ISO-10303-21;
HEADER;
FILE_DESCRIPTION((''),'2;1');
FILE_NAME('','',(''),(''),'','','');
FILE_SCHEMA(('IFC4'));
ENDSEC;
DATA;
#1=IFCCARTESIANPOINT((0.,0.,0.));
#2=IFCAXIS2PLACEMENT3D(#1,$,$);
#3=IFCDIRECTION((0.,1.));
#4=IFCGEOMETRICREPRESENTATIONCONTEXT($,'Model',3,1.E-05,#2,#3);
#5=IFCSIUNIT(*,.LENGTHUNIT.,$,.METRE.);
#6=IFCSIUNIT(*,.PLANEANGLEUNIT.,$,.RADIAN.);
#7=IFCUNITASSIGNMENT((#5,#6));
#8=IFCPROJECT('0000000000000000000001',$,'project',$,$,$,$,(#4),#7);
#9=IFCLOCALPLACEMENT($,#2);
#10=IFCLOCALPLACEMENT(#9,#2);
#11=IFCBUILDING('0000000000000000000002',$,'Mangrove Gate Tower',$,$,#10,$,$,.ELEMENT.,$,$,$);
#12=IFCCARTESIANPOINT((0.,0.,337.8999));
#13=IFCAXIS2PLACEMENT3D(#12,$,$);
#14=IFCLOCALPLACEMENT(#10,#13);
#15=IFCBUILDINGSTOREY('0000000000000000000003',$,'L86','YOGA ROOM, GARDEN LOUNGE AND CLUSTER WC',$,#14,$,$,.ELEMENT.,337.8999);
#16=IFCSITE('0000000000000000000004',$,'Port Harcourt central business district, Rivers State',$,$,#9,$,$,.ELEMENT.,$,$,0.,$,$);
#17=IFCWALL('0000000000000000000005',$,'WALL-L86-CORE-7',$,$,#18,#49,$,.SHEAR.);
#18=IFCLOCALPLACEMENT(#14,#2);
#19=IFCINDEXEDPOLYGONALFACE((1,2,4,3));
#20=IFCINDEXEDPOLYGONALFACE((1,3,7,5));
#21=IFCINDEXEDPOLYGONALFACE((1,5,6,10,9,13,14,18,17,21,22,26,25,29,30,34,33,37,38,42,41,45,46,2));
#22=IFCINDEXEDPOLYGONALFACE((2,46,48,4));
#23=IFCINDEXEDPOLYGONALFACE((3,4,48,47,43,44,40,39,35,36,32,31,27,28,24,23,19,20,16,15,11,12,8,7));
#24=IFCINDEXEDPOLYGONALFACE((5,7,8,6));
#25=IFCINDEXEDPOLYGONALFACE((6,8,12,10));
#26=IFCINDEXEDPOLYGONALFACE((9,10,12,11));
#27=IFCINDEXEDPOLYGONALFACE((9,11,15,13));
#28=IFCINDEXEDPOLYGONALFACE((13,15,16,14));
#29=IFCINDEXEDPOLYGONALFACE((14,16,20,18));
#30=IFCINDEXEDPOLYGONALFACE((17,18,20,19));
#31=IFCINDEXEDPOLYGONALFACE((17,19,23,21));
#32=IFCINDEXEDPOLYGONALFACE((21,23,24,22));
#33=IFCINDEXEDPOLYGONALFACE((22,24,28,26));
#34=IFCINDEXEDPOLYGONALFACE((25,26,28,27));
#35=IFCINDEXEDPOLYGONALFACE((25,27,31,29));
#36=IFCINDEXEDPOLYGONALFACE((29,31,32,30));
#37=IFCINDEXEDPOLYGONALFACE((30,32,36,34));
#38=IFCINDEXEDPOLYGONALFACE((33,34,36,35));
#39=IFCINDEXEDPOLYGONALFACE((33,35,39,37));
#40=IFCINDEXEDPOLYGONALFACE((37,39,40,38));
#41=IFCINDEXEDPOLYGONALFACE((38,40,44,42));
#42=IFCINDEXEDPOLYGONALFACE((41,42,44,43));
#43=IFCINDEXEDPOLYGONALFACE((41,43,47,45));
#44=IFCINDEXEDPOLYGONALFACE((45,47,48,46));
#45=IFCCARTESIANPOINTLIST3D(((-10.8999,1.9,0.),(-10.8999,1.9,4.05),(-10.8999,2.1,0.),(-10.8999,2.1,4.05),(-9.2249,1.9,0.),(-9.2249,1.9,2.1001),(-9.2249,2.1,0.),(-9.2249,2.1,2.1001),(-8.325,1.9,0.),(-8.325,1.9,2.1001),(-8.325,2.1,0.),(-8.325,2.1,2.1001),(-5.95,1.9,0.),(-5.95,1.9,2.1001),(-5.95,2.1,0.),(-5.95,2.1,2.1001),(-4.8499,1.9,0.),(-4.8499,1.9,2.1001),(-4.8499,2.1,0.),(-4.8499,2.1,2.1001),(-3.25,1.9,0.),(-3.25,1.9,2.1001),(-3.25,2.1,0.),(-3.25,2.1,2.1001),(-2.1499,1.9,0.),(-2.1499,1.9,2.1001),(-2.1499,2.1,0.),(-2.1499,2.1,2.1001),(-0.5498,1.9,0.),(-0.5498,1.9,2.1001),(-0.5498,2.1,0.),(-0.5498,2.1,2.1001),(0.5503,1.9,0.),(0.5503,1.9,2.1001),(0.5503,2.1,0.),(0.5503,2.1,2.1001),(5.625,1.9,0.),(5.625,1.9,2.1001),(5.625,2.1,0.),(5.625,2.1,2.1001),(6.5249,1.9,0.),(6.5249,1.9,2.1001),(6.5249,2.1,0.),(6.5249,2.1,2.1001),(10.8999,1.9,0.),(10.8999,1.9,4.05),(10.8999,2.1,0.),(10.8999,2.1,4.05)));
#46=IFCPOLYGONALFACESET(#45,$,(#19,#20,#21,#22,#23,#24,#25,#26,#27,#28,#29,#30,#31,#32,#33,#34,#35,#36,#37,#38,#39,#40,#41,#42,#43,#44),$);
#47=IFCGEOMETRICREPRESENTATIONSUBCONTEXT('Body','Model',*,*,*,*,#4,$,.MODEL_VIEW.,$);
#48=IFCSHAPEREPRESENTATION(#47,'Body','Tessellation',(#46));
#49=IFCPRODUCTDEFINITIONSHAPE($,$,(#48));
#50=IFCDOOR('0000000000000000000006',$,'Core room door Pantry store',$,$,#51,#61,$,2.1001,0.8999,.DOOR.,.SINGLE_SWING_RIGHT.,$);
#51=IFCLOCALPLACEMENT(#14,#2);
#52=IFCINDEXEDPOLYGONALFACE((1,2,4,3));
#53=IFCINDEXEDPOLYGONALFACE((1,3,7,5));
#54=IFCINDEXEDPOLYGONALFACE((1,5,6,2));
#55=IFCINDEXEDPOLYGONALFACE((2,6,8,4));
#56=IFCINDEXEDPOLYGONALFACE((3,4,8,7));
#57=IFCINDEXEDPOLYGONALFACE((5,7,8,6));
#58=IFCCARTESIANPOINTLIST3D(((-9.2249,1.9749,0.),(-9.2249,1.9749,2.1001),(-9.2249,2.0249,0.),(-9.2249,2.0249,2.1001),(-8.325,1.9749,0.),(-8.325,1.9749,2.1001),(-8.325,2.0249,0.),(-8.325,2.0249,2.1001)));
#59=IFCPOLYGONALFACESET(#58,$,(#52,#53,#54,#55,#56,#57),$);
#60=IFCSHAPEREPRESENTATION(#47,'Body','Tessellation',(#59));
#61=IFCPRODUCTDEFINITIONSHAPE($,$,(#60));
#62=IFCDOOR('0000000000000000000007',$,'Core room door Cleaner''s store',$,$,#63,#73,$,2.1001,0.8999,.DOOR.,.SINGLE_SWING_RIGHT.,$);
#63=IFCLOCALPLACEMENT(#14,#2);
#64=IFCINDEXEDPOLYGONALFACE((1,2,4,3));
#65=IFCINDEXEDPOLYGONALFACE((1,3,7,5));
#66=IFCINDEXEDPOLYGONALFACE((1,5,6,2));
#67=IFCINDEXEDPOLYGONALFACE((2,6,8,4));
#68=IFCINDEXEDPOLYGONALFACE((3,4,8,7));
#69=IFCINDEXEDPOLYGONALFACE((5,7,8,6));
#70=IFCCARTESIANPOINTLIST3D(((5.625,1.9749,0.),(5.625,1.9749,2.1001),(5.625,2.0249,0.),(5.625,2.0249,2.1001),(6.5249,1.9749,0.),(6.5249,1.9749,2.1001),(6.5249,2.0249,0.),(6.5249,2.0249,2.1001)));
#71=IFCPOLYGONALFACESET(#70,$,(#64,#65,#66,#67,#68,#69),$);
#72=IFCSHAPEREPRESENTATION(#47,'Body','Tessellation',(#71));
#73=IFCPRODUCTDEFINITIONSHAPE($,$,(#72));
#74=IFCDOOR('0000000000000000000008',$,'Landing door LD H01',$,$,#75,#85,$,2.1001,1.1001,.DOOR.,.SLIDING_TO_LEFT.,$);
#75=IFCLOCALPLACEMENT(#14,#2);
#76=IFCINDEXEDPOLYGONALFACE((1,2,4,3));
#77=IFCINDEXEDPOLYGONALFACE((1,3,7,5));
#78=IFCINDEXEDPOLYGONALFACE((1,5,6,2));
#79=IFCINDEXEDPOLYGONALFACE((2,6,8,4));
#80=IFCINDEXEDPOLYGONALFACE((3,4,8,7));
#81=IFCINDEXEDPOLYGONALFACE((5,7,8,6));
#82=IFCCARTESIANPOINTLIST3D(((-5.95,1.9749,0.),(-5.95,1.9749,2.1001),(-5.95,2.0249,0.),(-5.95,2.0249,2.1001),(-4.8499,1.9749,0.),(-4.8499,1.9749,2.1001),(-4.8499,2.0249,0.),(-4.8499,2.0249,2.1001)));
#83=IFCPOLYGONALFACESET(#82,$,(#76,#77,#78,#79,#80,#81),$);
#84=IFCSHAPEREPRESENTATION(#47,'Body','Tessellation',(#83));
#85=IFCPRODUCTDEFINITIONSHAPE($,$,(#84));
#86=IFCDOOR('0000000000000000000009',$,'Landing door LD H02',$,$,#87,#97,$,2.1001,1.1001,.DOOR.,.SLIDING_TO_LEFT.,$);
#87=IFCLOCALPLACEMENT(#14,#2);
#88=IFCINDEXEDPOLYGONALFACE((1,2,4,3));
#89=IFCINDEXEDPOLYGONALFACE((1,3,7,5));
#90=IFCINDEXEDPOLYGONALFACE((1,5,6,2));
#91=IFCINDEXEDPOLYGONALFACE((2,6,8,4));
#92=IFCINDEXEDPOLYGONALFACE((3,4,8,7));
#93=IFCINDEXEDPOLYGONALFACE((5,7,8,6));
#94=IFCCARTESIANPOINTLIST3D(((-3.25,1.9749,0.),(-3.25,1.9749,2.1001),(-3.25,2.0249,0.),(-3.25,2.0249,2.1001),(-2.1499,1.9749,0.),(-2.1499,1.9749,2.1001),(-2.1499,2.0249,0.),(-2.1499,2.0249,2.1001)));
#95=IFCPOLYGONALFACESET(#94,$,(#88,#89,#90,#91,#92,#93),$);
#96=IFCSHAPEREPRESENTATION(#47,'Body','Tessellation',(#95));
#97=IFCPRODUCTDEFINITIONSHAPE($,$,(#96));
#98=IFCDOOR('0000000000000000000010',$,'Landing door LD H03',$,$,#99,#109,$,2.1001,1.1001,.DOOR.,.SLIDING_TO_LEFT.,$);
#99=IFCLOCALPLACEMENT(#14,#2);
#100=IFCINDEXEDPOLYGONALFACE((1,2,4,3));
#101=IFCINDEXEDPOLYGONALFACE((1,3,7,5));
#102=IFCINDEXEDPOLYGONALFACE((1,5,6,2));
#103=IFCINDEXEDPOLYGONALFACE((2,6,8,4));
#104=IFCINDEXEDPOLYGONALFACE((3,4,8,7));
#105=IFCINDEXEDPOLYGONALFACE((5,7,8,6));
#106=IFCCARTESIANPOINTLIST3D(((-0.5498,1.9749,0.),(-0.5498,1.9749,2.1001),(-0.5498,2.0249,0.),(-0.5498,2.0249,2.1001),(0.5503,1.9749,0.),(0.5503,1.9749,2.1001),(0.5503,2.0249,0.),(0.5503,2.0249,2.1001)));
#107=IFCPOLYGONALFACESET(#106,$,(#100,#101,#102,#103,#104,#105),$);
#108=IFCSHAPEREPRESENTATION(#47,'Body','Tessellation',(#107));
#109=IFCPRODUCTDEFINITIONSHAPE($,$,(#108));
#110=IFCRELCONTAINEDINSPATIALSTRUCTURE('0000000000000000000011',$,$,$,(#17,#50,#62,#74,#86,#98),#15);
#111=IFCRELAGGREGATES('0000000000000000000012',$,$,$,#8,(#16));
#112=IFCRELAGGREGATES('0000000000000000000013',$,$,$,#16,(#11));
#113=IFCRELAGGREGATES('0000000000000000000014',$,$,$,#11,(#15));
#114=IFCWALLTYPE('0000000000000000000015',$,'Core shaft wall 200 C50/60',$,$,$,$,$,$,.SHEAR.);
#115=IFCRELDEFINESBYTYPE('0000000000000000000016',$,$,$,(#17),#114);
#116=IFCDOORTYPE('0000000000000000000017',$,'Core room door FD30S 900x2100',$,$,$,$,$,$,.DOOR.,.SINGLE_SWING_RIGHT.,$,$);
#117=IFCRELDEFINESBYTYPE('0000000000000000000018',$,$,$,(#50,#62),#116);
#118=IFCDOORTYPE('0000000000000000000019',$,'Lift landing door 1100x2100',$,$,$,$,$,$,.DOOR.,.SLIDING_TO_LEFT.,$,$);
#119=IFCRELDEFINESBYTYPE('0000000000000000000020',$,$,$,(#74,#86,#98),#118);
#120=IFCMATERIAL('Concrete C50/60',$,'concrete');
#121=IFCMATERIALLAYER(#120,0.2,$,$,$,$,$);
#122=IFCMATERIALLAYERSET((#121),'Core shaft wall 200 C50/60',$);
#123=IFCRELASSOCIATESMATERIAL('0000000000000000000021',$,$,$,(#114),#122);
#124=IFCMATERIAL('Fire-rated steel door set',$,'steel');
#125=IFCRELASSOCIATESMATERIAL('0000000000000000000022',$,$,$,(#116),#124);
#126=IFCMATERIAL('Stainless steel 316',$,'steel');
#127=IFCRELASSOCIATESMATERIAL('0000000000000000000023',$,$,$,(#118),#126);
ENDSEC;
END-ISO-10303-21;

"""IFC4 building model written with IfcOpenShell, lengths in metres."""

from ifc_helpers import new_model, si_unit, direction, frame, frame_2d, origin, place, context, subcontext, project, spatial, rectangle, extrude, material, layer, layer_set, type_object, element, fill, save


model = new_model("IFC4")

# Units and contexts
model_context = context("Model", 3, precision=1e-05, world=origin(), true_north=direction((0.0, 1.0)))
body_context = subcontext(model_context, "Body", "Model", "MODEL_VIEW")
ifc_project = project(units=[si_unit("LENGTHUNIT", "METRE"), si_unit("PLANEANGLEUNIT", "RADIAN")], contexts=[model_context])

# Site, building, storey
site_placement = place(None, origin())
site = spatial("IfcSite", under=ifc_project, at=site_placement, Name="Port Harcourt central business district, Rivers State", CompositionType="ELEMENT", RefElevation=0.0)
building_placement = place(site_placement, origin())
building = spatial("IfcBuilding", under=site, at=building_placement, Name="Mangrove Gate Tower", CompositionType="ELEMENT")
storey_placement = place(building_placement, frame((0.0, 0.0, 337.8999)))
storey = spatial("IfcBuildingStorey", under=building, at=storey_placement, Name="L86", Description="YOGA ROOM, GARDEN LOUNGE AND CLUSTER WC", CompositionType="ELEMENT", Elevation=337.8999)

# Shared definitions
ifc_material_1 = material(Name="Concrete C50/60", Category="concrete")
ifc_layer_1 = layer(ifc_material_1, 0.2)
ifc_layer_set_1 = layer_set([ifc_layer_1], Name="Core shaft wall 200 C50/60")
wall_type_1 = type_object("IfcWallType", Name="Core shaft wall 200 C50/60", PredefinedType="SHEAR", material=ifc_layer_set_1)

# Wall, openings, doors
wall_1_placement = place(storey_placement, frame((-10.8999, 2.0, 0.0), z_axis=(0.0, 0.0, 1.0), x_axis=(1.0, 0.0, 0.0)))
wall_1 = element("IfcWall", 1, at=wall_1_placement, inside=storey, type_object=wall_type_1, Name="WALL-L86-CORE-7", PredefinedType="SHEAR", context=body_context, shape_type="SweptSolid", body=[
    extrude(rectangle(XDim=21.7998, YDim=0.2, at=frame_2d((10.8999, 0.0))), origin(), (0.0, 0.0, 1.0), 4.05),
])
opening_1_placement = place(wall_1_placement, frame((4.95, 0.0, 0.0)))
opening_1 = element("IfcOpeningElement", 2, at=opening_1_placement, cuts=wall_1, PredefinedType="OPENING", context=body_context, shape_type="SweptSolid", body=[
    extrude(rectangle(XDim=1.1001, YDim=2.1001, at=frame_2d((0.55, 1.05))), frame((0.0, 0.1099, 0.0), z_axis=(0.0, -1.0, 0.0), x_axis=(1.0, 0.0, 0.0)), (0.0, 0.0, 1.0), 0.22),
])
opening_2_placement = place(wall_1_placement, frame((7.6499, 0.0, 0.0)))
opening_2 = element("IfcOpeningElement", 3, at=opening_2_placement, cuts=wall_1, PredefinedType="OPENING", context=body_context, shape_type="SweptSolid", body=[
    extrude(rectangle(XDim=1.1001, YDim=2.1001, at=frame_2d((0.55, 1.05))), frame((0.0, 0.1099, 0.0), z_axis=(0.0, -1.0, 0.0), x_axis=(1.0, 0.0, 0.0)), (0.0, 0.0, 1.0), 0.22),
])
opening_3_placement = place(wall_1_placement, frame((10.3501, 0.0, 0.0)))
opening_3 = element("IfcOpeningElement", 4, at=opening_3_placement, cuts=wall_1, PredefinedType="OPENING", context=body_context, shape_type="SweptSolid", body=[
    extrude(rectangle(XDim=1.1001, YDim=2.1001, at=frame_2d((0.55, 1.05))), frame((0.0, 0.1099, 0.0), z_axis=(0.0, -1.0, 0.0), x_axis=(1.0, 0.0, 0.0)), (0.0, 0.0, 1.0), 0.22),
])
opening_4_placement = place(wall_1_placement, frame((1.675, 0.0, 0.0)))
opening_4 = element("IfcOpeningElement", 5, at=opening_4_placement, cuts=wall_1, PredefinedType="OPENING", context=body_context, shape_type="SweptSolid", body=[
    extrude(rectangle(XDim=0.8999, YDim=2.1001, at=frame_2d((0.45, 1.05))), frame((0.0, 0.1099, 0.0), z_axis=(0.0, -1.0, 0.0), x_axis=(1.0, 0.0, 0.0)), (0.0, 0.0, 1.0), 0.22),
])
opening_5_placement = place(wall_1_placement, frame((16.5249, 0.0, 0.0)))
opening_5 = element("IfcOpeningElement", 6, at=opening_5_placement, cuts=wall_1, PredefinedType="OPENING", context=body_context, shape_type="SweptSolid", body=[
    extrude(rectangle(XDim=0.8999, YDim=2.1001, at=frame_2d((0.45, 1.05))), frame((0.0, 0.1099, 0.0), z_axis=(0.0, -1.0, 0.0), x_axis=(1.0, 0.0, 0.0)), (0.0, 0.0, 1.0), 0.22),
])
ifc_material_2 = material(Name="Fire-rated steel door set", Category="steel")
door_type_1 = type_object("IfcDoorType", Name="Core room door FD30S 900x2100", OperationType="SINGLE_SWING_RIGHT", PredefinedType="DOOR", material=ifc_material_2)
door_1_placement = place(opening_4_placement, origin())
door_1 = element("IfcDoor", 7, at=door_1_placement, inside=storey, type_object=door_type_1, Name="Core room door Pantry store", OperationType="SINGLE_SWING_RIGHT", OverallHeight=2.1001, OverallWidth=0.8999, PredefinedType="DOOR", context=body_context, shape_type="SweptSolid", body=[
    extrude(rectangle(XDim=0.8999, YDim=2.1001, at=frame_2d((0.45, 1.05))), frame((0.0, 0.0249, 0.0), z_axis=(0.0, -1.0, 0.0), x_axis=(1.0, 0.0, 0.0)), (0.0, 0.0, 1.0), 0.05),
])
fill(opening_4, door_1)
door_2_placement = place(opening_5_placement, origin())
door_2 = element("IfcDoor", 8, at=door_2_placement, inside=storey, type_object=door_type_1, Name="Core room door Cleaner's store", OperationType="SINGLE_SWING_RIGHT", OverallHeight=2.1001, OverallWidth=0.8999, PredefinedType="DOOR", context=body_context, shape_type="SweptSolid", body=[
    extrude(rectangle(XDim=0.8999, YDim=2.1001, at=frame_2d((0.45, 1.05))), frame((0.0, 0.0249, 0.0), z_axis=(0.0, -1.0, 0.0), x_axis=(1.0, 0.0, 0.0)), (0.0, 0.0, 1.0), 0.05),
])
fill(opening_5, door_2)
ifc_material_3 = material(Name="Stainless steel 316", Category="steel")
door_type_2 = type_object("IfcDoorType", Name="Lift landing door 1100x2100", OperationType="SLIDING_TO_LEFT", PredefinedType="DOOR", material=ifc_material_3)
door_3_placement = place(opening_1_placement, origin())
door_3 = element("IfcDoor", 9, at=door_3_placement, inside=storey, type_object=door_type_2, Name="Landing door LD H01", OperationType="SLIDING_TO_LEFT", OverallHeight=2.1001, OverallWidth=1.1001, PredefinedType="DOOR", context=body_context, shape_type="SweptSolid", body=[
    extrude(rectangle(XDim=1.1001, YDim=2.1001, at=frame_2d((0.55, 1.05))), frame((0.0, 0.0249, 0.0), z_axis=(0.0, -1.0, 0.0), x_axis=(1.0, 0.0, 0.0)), (0.0, 0.0, 1.0), 0.05),
])
fill(opening_1, door_3)
door_4_placement = place(opening_2_placement, origin())
door_4 = element("IfcDoor", 10, at=door_4_placement, inside=storey, type_object=door_type_2, Name="Landing door LD H02", OperationType="SLIDING_TO_LEFT", OverallHeight=2.1001, OverallWidth=1.1001, PredefinedType="DOOR", context=body_context, shape_type="SweptSolid", body=[
    extrude(rectangle(XDim=1.1001, YDim=2.1001, at=frame_2d((0.55, 1.05))), frame((0.0, 0.0249, 0.0), z_axis=(0.0, -1.0, 0.0), x_axis=(1.0, 0.0, 0.0)), (0.0, 0.0, 1.0), 0.05),
])
fill(opening_2, door_4)
door_5_placement = place(opening_3_placement, origin())
door_5 = element("IfcDoor", 11, at=door_5_placement, inside=storey, type_object=door_type_2, Name="Landing door LD H03", OperationType="SLIDING_TO_LEFT", OverallHeight=2.1001, OverallWidth=1.1001, PredefinedType="DOOR", context=body_context, shape_type="SweptSolid", body=[
    extrude(rectangle(XDim=1.1001, YDim=2.1001, at=frame_2d((0.55, 1.05))), frame((0.0, 0.0249, 0.0), z_axis=(0.0, -1.0, 0.0), x_axis=(1.0, 0.0, 0.0)), (0.0, 0.0, 1.0), 0.05),
])
fill(opening_3, door_5)

save(model, "model.ifc")
